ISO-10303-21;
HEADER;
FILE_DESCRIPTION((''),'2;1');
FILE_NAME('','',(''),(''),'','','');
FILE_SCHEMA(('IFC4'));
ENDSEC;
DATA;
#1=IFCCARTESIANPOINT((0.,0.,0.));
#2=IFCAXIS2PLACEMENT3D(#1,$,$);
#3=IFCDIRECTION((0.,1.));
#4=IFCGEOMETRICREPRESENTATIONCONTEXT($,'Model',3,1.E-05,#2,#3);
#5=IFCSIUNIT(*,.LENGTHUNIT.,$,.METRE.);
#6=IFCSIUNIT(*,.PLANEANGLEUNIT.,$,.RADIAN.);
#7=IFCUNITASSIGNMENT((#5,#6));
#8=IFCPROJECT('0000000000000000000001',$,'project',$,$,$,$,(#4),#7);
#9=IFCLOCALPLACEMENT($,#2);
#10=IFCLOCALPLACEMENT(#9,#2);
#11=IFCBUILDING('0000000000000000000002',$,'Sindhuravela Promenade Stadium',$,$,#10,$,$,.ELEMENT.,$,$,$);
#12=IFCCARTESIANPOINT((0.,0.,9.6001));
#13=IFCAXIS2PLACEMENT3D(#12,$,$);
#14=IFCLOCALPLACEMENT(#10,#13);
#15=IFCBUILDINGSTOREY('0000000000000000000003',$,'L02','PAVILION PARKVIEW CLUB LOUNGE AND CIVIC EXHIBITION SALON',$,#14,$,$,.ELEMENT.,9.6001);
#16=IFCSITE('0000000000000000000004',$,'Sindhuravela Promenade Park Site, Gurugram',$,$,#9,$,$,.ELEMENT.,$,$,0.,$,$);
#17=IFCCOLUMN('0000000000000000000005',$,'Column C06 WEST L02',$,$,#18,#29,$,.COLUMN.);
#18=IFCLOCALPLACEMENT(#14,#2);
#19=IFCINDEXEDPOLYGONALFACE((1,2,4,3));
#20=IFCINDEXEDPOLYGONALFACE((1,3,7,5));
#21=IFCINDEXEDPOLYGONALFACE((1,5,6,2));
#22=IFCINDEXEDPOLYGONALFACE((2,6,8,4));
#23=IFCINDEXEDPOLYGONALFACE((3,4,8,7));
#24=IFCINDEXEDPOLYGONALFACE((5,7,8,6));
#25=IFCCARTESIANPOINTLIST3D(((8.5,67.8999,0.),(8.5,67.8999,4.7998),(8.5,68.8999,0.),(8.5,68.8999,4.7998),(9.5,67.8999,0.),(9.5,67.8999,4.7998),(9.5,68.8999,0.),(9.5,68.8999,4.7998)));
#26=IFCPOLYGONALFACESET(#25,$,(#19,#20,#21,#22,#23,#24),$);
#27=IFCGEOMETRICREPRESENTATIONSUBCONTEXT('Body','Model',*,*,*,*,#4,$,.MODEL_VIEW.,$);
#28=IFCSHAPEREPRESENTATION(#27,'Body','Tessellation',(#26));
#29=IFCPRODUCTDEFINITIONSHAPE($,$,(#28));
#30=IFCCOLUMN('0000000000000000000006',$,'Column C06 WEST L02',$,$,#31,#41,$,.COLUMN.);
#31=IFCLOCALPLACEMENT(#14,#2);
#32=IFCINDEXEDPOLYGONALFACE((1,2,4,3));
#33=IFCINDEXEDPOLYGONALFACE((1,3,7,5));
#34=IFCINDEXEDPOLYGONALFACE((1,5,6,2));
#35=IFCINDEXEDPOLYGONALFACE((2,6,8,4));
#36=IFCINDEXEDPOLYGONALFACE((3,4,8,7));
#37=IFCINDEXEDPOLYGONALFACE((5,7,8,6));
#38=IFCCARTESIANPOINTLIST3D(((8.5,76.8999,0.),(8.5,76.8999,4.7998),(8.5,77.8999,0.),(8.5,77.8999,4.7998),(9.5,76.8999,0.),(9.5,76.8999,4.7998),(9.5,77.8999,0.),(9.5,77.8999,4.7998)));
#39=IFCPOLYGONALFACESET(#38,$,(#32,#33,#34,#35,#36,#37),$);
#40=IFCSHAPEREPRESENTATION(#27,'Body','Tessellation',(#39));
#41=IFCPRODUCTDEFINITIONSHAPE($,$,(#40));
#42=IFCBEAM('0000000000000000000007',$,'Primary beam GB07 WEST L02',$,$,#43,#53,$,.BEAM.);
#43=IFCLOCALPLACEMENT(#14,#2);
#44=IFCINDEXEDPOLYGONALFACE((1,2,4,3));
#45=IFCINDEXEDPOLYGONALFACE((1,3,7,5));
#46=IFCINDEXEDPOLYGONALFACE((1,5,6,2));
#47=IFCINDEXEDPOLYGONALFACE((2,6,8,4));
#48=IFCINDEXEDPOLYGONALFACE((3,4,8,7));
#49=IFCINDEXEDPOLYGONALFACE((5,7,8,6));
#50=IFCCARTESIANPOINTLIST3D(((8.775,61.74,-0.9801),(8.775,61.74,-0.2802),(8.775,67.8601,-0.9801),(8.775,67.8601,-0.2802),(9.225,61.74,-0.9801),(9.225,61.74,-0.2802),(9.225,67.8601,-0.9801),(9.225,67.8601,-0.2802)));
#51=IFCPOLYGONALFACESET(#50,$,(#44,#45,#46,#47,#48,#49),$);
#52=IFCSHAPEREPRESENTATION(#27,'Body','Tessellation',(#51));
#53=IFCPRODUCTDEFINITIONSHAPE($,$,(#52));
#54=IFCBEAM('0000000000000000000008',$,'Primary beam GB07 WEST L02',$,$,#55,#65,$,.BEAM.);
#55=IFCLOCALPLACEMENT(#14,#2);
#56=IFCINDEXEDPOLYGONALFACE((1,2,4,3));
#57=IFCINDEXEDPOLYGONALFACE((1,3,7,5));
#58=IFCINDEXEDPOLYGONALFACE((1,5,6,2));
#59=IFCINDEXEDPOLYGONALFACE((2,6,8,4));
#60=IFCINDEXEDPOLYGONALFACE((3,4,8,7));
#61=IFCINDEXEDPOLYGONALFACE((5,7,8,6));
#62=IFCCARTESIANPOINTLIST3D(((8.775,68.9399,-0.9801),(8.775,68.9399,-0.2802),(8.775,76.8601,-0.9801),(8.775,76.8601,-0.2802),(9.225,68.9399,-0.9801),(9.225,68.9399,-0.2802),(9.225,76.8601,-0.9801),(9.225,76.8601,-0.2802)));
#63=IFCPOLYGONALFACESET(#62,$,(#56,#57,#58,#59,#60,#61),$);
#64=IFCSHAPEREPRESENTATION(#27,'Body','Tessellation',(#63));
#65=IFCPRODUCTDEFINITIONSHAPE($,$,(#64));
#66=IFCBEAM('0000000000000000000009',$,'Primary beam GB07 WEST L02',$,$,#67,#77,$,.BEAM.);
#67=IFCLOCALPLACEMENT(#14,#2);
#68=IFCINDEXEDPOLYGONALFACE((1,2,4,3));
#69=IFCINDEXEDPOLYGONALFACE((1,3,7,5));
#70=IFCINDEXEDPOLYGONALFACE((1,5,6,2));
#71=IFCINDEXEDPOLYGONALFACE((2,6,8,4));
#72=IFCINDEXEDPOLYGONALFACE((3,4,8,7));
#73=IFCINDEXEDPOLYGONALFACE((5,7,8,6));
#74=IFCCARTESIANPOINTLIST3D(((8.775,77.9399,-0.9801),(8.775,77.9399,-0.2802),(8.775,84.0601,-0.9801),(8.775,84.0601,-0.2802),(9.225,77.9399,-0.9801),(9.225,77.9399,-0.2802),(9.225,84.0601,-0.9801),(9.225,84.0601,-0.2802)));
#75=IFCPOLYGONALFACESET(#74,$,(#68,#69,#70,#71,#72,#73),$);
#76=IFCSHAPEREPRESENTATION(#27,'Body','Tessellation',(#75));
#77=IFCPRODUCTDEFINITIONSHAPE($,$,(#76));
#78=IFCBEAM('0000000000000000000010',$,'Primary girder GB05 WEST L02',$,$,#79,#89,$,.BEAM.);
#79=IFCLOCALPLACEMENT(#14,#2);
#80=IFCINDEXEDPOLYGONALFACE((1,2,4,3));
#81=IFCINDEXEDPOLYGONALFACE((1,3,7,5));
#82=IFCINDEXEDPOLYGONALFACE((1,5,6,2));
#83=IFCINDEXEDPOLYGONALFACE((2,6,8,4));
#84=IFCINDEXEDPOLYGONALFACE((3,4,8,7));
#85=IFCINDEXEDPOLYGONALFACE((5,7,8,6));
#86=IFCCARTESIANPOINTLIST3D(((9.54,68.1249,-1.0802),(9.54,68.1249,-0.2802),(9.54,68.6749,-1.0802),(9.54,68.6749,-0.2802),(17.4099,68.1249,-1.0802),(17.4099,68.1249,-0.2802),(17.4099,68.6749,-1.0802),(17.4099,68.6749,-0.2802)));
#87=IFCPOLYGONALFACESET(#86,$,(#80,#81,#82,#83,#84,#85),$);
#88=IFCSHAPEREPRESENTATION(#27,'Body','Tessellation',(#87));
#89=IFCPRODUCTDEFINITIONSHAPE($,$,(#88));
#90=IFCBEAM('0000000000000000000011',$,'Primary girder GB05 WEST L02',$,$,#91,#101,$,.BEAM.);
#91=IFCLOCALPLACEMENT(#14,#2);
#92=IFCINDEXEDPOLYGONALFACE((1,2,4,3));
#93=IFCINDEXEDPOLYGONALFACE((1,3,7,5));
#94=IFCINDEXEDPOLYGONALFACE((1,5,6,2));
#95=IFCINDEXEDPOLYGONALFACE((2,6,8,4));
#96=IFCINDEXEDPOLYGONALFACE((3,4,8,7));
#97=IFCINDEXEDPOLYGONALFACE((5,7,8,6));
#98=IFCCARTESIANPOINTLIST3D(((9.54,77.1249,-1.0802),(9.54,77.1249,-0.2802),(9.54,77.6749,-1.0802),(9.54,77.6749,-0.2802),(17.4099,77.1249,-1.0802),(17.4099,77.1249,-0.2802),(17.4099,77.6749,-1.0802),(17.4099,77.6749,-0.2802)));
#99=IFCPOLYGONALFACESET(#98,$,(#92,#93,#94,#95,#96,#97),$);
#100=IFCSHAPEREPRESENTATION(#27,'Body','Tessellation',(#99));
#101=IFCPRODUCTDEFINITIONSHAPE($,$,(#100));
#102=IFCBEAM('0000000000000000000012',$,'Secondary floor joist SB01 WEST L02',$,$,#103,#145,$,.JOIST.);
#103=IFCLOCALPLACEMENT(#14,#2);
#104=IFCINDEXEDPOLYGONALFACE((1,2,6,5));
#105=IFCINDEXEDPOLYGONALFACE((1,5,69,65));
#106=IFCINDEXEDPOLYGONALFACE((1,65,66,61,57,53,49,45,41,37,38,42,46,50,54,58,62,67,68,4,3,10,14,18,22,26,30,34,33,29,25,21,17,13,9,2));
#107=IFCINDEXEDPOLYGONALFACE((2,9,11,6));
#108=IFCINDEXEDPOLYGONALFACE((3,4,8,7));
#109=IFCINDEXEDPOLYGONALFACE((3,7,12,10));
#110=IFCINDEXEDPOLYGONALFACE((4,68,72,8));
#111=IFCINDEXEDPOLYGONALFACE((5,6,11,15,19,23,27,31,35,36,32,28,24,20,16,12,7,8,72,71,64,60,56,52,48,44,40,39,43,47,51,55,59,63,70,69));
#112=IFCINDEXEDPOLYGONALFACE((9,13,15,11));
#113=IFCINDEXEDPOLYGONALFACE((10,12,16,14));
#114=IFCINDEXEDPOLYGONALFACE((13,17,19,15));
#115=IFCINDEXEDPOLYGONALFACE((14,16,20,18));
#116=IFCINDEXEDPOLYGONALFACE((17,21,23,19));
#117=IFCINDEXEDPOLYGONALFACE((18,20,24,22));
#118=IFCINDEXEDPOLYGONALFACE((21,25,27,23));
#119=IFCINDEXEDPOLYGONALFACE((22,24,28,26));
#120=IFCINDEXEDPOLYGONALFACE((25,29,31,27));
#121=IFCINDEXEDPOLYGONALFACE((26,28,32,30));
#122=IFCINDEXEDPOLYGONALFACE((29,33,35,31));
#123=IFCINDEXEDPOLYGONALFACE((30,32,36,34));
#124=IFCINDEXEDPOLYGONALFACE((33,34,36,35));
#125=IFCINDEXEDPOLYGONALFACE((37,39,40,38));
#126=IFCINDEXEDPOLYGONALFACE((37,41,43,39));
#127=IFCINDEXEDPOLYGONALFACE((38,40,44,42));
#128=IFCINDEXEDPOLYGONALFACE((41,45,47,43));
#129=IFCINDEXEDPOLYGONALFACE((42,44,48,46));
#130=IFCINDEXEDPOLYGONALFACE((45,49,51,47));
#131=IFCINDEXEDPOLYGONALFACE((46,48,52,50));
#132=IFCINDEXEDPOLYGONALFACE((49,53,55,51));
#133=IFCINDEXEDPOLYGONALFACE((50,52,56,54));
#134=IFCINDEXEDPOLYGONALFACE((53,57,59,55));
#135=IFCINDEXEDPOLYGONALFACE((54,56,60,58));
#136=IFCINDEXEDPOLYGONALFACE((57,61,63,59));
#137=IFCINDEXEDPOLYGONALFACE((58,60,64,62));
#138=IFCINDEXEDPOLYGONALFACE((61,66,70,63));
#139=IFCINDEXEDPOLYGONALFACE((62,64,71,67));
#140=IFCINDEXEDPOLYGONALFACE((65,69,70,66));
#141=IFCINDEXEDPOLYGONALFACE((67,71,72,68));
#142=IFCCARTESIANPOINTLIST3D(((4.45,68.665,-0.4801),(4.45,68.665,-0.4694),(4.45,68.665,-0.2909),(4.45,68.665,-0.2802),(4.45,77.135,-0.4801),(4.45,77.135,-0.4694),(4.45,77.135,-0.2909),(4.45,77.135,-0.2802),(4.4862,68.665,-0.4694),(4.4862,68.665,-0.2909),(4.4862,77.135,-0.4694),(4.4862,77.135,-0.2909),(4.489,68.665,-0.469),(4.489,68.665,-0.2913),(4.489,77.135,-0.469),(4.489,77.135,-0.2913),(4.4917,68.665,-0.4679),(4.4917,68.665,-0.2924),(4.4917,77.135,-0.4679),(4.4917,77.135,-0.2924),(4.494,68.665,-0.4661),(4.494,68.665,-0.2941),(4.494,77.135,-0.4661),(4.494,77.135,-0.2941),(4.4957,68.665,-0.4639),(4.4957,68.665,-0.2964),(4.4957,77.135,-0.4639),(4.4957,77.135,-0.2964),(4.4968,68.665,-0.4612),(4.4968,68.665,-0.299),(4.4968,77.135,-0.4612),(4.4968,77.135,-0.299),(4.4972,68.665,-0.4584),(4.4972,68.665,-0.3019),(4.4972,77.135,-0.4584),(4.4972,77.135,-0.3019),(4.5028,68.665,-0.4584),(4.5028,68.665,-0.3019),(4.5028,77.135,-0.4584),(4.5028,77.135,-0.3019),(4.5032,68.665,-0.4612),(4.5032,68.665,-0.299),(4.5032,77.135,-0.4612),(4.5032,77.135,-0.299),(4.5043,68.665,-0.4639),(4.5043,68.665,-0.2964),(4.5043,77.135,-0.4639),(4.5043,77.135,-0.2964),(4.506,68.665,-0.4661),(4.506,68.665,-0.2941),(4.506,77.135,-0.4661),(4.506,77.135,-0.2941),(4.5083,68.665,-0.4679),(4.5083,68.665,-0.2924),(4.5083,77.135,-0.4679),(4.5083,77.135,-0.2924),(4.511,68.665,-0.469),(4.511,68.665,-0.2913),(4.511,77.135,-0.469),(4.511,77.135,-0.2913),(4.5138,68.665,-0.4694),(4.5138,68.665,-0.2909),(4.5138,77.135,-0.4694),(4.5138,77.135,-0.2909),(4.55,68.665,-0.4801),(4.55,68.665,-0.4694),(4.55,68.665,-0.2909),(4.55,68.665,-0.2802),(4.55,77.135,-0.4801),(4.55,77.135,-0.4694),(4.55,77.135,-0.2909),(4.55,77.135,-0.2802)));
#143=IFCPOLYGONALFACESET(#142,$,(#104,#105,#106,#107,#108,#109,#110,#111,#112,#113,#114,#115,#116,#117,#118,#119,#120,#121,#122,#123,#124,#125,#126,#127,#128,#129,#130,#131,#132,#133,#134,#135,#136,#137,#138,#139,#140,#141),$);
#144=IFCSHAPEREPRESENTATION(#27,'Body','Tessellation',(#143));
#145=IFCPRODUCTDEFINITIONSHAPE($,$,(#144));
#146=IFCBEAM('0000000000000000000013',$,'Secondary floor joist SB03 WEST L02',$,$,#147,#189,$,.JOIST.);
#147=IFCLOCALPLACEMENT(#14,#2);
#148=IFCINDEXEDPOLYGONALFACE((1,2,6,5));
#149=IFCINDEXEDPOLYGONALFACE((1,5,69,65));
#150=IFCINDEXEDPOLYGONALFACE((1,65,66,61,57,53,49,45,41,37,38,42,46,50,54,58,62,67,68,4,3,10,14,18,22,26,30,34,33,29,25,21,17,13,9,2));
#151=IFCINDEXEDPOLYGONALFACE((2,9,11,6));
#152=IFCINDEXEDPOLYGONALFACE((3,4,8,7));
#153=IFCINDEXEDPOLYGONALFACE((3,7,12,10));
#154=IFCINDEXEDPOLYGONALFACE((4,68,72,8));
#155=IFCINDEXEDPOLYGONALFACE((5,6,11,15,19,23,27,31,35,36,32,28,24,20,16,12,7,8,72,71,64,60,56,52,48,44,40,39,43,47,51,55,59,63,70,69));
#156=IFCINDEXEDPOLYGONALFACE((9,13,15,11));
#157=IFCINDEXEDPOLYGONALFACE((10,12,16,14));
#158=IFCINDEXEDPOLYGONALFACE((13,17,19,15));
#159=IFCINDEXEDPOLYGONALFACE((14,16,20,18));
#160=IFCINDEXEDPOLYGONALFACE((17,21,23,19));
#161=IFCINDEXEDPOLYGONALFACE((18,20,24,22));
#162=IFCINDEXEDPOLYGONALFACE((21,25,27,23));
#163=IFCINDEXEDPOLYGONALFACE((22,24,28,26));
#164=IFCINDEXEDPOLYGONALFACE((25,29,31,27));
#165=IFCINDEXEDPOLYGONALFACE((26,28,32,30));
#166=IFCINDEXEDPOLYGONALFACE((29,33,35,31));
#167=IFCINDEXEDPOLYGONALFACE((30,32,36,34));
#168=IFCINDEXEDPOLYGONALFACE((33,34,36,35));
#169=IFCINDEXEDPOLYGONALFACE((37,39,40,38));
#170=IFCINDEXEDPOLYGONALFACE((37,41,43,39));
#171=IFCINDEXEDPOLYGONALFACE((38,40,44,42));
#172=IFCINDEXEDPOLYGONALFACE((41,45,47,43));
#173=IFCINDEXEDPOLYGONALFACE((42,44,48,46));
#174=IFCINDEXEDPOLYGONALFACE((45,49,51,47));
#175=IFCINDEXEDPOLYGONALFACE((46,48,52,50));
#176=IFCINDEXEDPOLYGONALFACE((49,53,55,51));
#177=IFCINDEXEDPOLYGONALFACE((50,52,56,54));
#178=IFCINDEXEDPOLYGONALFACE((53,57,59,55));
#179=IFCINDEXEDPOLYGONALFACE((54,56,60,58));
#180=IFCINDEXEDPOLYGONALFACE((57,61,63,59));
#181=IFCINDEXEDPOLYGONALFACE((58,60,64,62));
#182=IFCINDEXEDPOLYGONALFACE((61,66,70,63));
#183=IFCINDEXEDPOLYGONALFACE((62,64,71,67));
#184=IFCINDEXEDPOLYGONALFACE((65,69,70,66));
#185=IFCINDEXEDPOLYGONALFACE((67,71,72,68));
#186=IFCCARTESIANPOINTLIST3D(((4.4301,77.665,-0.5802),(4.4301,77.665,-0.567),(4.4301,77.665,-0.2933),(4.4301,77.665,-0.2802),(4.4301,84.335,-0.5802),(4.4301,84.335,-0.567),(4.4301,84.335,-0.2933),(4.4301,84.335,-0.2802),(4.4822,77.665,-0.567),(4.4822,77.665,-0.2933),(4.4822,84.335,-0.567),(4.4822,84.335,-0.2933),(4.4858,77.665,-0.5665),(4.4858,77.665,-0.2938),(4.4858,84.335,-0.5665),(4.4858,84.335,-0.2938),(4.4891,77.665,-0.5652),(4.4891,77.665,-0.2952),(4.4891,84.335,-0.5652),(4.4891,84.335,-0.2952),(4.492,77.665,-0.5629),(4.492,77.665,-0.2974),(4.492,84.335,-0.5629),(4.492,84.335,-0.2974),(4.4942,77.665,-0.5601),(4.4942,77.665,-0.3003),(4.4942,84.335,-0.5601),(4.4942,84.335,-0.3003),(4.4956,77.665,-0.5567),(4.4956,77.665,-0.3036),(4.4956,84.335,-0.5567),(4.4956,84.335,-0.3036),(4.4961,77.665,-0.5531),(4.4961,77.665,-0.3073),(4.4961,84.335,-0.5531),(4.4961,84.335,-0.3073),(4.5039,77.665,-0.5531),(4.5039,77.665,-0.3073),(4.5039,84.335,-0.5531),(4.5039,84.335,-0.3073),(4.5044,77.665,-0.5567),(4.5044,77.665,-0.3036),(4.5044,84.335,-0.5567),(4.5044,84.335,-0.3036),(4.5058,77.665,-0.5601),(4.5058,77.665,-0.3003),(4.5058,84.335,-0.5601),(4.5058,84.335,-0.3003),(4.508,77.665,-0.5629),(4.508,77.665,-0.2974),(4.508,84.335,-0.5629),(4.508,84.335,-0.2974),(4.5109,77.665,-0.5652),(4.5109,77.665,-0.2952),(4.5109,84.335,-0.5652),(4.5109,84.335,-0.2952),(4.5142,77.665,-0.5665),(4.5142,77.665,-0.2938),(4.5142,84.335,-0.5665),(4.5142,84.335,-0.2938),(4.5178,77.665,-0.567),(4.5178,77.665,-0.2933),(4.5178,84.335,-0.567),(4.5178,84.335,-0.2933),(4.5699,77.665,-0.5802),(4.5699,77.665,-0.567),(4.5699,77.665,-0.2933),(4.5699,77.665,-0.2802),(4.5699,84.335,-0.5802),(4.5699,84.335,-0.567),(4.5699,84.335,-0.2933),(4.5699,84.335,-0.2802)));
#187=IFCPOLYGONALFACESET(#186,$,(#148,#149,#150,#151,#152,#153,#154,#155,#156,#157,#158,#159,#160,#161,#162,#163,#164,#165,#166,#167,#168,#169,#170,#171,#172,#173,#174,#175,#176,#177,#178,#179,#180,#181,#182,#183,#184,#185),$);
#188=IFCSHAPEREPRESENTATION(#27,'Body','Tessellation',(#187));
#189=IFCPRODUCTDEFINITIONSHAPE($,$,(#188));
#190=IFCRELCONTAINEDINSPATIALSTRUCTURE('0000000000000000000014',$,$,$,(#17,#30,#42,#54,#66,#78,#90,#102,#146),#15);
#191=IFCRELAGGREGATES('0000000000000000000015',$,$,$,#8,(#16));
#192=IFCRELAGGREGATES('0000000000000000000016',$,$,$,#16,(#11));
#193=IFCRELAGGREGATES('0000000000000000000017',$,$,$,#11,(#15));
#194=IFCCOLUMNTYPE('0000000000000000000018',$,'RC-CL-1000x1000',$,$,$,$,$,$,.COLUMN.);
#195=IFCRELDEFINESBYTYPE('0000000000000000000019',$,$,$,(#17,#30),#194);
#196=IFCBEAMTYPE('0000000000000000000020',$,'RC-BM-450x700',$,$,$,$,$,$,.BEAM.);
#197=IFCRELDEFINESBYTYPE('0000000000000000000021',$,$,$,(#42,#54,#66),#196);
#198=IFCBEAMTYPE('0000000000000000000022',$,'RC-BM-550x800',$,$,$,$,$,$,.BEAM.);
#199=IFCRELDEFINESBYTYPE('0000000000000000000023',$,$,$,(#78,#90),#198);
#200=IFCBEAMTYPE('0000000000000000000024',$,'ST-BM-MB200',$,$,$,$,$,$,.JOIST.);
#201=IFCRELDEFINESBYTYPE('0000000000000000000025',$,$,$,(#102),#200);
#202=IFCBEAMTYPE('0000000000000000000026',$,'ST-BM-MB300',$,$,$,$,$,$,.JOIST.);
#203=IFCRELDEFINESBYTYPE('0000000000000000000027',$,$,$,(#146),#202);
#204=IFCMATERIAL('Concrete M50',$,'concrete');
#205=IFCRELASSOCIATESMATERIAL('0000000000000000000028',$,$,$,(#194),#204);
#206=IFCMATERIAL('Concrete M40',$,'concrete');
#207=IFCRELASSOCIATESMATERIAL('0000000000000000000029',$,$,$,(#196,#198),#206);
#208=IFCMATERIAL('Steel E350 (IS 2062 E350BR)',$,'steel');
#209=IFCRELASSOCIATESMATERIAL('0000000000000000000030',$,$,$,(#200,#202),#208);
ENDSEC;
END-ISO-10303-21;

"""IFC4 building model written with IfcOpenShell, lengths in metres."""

from ifc_helpers import new_model, si_unit, direction, frame, origin, origin_2d, place, context, subcontext, project, spatial, rectangle, i_section, extrude, material, material_profile, profile_set, type_object, element, save


model = new_model("IFC4")

# Units and contexts
model_context = context("Model", 3, precision=1e-05, world=origin(), true_north=direction((0.0, 1.0)))
body_context = subcontext(model_context, "Body", "Model", "MODEL_VIEW")
ifc_project = project(units=[si_unit("LENGTHUNIT", "METRE"), si_unit("PLANEANGLEUNIT", "RADIAN")], contexts=[model_context])

# Site, building, storey
site_placement = place(None, origin())
site = spatial("IfcSite", under=ifc_project, at=site_placement, Name="Sindhuravela Promenade Park Site, Gurugram", CompositionType="ELEMENT", RefElevation=0.0)
building_placement = place(site_placement, origin())
building = spatial("IfcBuilding", under=site, at=building_placement, Name="Sindhuravela Promenade Stadium", CompositionType="ELEMENT")
storey_placement = place(building_placement, frame((0.0, 0.0, 9.6001)))
storey = spatial("IfcBuildingStorey", under=building, at=storey_placement, Name="L02", Description="PAVILION PARKVIEW CLUB LOUNGE AND CIVIC EXHIBITION SALON", CompositionType="ELEMENT", Elevation=9.6001)

# Columns
ifc_material_1 = material(Name="Concrete M50", Category="concrete")
ifc_material_profile_1 = material_profile(ifc_material_1, rectangle(XDim=1.0, YDim=1.0, at=origin_2d()), Name="RC 1000x1000")
ifc_profile_set_1 = profile_set([ifc_material_profile_1], Name="Concrete M50")
column_type = type_object("IfcColumnType", Name="RC-CL-1000x1000", PredefinedType="COLUMN", material=ifc_profile_set_1)
for number, where, z_axis, x_axis, name in (
    (1, (9.0, 68.3999, 0.0), (0.0, 0.0, 1.0), (1.0, 0.0, 0.0), "Column C06 WEST L02"),
    (2, (9.0, 77.3999, 0.0), (0.0, 0.0, 1.0), (1.0, 0.0, 0.0), "Column C06 WEST L02"),
):
    element("IfcColumn", number, at=place(storey_placement, frame(where, z_axis=z_axis, x_axis=x_axis)), inside=storey, type_object=column_type, Name=name, PredefinedType="COLUMN", context=body_context, shape_type="SweptSolid", body=[
        extrude(rectangle(XDim=1.0, YDim=1.0, at=origin_2d()), origin(), (0.0, 0.0, 1.0), 4.7998),
    ])

# Beams
ifc_material_2 = material(Name="Concrete M40", Category="concrete")
ifc_material_profile_2 = material_profile(ifc_material_2, rectangle(XDim=0.45, YDim=0.7, at=origin_2d()), Name="RC 450x700")
ifc_profile_set_2 = profile_set([ifc_material_profile_2], Name="Concrete M40")
beam_type_1 = type_object("IfcBeamType", Name="RC-BM-450x700", PredefinedType="BEAM", material=ifc_profile_set_2)
beam_1_placement = place(storey_placement, frame((9.0, 61.74, -0.6301), z_axis=(0.0, 1.0, 0.0), x_axis=(-1.0, 0.0, 0.0)))
element("IfcBeam", 3, at=beam_1_placement, inside=storey, type_object=beam_type_1, Name="Primary beam GB07 WEST L02", PredefinedType="BEAM", context=body_context, shape_type="SweptSolid", body=[
    extrude(rectangle(XDim=0.45, YDim=0.7, at=origin_2d()), origin(), (0.0, 0.0, 1.0), 6.1201),
])
beam_2_placement = place(storey_placement, frame((9.0, 68.9399, -0.6301), z_axis=(0.0, 1.0, 0.0), x_axis=(-1.0, 0.0, 0.0)))
element("IfcBeam", 4, at=beam_2_placement, inside=storey, type_object=beam_type_1, Name="Primary beam GB07 WEST L02", PredefinedType="BEAM", context=body_context, shape_type="SweptSolid", body=[
    extrude(rectangle(XDim=0.45, YDim=0.7, at=origin_2d()), origin(), (0.0, 0.0, 1.0), 7.9202),
])
beam_3_placement = place(storey_placement, frame((9.0, 77.9399, -0.6301), z_axis=(0.0, 1.0, 0.0), x_axis=(-1.0, 0.0, 0.0)))
element("IfcBeam", 5, at=beam_3_placement, inside=storey, type_object=beam_type_1, Name="Primary beam GB07 WEST L02", PredefinedType="BEAM", context=body_context, shape_type="SweptSolid", body=[
    extrude(rectangle(XDim=0.45, YDim=0.7, at=origin_2d()), origin(), (0.0, 0.0, 1.0), 6.1201),
])
ifc_material_profile_3 = material_profile(ifc_material_2, rectangle(XDim=0.55, YDim=0.8, at=origin_2d()), Name="RC 550x800")
ifc_profile_set_3 = profile_set([ifc_material_profile_3], Name="Concrete M40")
beam_type_2 = type_object("IfcBeamType", Name="RC-BM-550x800", PredefinedType="BEAM", material=ifc_profile_set_3)
for number, where, z_axis, x_axis, name in (
    (6, (9.54, 68.3999, -0.6802), (1.0, 0.0, 0.0), (0.0, 1.0, 0.0), "Primary girder GB05 WEST L02"),
    (7, (9.54, 77.3999, -0.6802), (1.0, 0.0, 0.0), (0.0, 1.0, 0.0), "Primary girder GB05 WEST L02"),
):
    element("IfcBeam", number, at=place(storey_placement, frame(where, z_axis=z_axis, x_axis=x_axis)), inside=storey, type_object=beam_type_2, Name=name, PredefinedType="BEAM", context=body_context, shape_type="SweptSolid", body=[
        extrude(rectangle(XDim=0.55, YDim=0.8, at=origin_2d()), origin(), (0.0, 0.0, 1.0), 7.8699),
    ])
ifc_material_3 = material(Name="Steel E350 (IS 2062 E350BR)", Category="steel")
ifc_material_profile_4 = material_profile(ifc_material_3, i_section(OverallWidth=0.1001, OverallDepth=0.2, WebThickness=0.0056, FlangeThickness=0.0107, FilletRadius=0.011, at=origin_2d()), Name="ISMB 200")
ifc_profile_set_4 = profile_set([ifc_material_profile_4], Name="Steel E350 (IS 2062 E350BR)")
beam_type_3 = type_object("IfcBeamType", Name="ST-BM-MB200", PredefinedType="JOIST", material=ifc_profile_set_4)
beam_4_placement = place(storey_placement, frame((4.5, 68.665, -0.3801), z_axis=(0.0, 1.0, 0.0), x_axis=(-1.0, 0.0, 0.0)))
element("IfcBeam", 8, at=beam_4_placement, inside=storey, type_object=beam_type_3, Name="Secondary floor joist SB01 WEST L02", PredefinedType="JOIST", context=body_context, shape_type="SweptSolid", body=[
    extrude(i_section(OverallWidth=0.1001, OverallDepth=0.2, WebThickness=0.0056, FlangeThickness=0.0107, FilletRadius=0.011, at=origin_2d()), origin(), (0.0, 0.0, 1.0), 8.47),
])
ifc_material_profile_5 = material_profile(ifc_material_3, i_section(OverallWidth=0.1399, OverallDepth=0.3, WebThickness=0.0078, FlangeThickness=0.0132, FilletRadius=0.0139, at=origin_2d()), Name="ISMB 300")
ifc_profile_set_5 = profile_set([ifc_material_profile_5], Name="Steel E350 (IS 2062 E350BR)")
beam_type_4 = type_object("IfcBeamType", Name="ST-BM-MB300", PredefinedType="JOIST", material=ifc_profile_set_5)
beam_5_placement = place(storey_placement, frame((4.5, 77.665, -0.4302), z_axis=(0.0, 1.0, 0.0), x_axis=(-1.0, 0.0, 0.0)))
element("IfcBeam", 9, at=beam_5_placement, inside=storey, type_object=beam_type_4, Name="Secondary floor joist SB03 WEST L02", PredefinedType="JOIST", context=body_context, shape_type="SweptSolid", body=[
    extrude(i_section(OverallWidth=0.1399, OverallDepth=0.3, WebThickness=0.0078, FlangeThickness=0.0132, FilletRadius=0.0139, at=origin_2d()), origin(), (0.0, 0.0, 1.0), 6.6699),
])

save(model, "model.ifc")
